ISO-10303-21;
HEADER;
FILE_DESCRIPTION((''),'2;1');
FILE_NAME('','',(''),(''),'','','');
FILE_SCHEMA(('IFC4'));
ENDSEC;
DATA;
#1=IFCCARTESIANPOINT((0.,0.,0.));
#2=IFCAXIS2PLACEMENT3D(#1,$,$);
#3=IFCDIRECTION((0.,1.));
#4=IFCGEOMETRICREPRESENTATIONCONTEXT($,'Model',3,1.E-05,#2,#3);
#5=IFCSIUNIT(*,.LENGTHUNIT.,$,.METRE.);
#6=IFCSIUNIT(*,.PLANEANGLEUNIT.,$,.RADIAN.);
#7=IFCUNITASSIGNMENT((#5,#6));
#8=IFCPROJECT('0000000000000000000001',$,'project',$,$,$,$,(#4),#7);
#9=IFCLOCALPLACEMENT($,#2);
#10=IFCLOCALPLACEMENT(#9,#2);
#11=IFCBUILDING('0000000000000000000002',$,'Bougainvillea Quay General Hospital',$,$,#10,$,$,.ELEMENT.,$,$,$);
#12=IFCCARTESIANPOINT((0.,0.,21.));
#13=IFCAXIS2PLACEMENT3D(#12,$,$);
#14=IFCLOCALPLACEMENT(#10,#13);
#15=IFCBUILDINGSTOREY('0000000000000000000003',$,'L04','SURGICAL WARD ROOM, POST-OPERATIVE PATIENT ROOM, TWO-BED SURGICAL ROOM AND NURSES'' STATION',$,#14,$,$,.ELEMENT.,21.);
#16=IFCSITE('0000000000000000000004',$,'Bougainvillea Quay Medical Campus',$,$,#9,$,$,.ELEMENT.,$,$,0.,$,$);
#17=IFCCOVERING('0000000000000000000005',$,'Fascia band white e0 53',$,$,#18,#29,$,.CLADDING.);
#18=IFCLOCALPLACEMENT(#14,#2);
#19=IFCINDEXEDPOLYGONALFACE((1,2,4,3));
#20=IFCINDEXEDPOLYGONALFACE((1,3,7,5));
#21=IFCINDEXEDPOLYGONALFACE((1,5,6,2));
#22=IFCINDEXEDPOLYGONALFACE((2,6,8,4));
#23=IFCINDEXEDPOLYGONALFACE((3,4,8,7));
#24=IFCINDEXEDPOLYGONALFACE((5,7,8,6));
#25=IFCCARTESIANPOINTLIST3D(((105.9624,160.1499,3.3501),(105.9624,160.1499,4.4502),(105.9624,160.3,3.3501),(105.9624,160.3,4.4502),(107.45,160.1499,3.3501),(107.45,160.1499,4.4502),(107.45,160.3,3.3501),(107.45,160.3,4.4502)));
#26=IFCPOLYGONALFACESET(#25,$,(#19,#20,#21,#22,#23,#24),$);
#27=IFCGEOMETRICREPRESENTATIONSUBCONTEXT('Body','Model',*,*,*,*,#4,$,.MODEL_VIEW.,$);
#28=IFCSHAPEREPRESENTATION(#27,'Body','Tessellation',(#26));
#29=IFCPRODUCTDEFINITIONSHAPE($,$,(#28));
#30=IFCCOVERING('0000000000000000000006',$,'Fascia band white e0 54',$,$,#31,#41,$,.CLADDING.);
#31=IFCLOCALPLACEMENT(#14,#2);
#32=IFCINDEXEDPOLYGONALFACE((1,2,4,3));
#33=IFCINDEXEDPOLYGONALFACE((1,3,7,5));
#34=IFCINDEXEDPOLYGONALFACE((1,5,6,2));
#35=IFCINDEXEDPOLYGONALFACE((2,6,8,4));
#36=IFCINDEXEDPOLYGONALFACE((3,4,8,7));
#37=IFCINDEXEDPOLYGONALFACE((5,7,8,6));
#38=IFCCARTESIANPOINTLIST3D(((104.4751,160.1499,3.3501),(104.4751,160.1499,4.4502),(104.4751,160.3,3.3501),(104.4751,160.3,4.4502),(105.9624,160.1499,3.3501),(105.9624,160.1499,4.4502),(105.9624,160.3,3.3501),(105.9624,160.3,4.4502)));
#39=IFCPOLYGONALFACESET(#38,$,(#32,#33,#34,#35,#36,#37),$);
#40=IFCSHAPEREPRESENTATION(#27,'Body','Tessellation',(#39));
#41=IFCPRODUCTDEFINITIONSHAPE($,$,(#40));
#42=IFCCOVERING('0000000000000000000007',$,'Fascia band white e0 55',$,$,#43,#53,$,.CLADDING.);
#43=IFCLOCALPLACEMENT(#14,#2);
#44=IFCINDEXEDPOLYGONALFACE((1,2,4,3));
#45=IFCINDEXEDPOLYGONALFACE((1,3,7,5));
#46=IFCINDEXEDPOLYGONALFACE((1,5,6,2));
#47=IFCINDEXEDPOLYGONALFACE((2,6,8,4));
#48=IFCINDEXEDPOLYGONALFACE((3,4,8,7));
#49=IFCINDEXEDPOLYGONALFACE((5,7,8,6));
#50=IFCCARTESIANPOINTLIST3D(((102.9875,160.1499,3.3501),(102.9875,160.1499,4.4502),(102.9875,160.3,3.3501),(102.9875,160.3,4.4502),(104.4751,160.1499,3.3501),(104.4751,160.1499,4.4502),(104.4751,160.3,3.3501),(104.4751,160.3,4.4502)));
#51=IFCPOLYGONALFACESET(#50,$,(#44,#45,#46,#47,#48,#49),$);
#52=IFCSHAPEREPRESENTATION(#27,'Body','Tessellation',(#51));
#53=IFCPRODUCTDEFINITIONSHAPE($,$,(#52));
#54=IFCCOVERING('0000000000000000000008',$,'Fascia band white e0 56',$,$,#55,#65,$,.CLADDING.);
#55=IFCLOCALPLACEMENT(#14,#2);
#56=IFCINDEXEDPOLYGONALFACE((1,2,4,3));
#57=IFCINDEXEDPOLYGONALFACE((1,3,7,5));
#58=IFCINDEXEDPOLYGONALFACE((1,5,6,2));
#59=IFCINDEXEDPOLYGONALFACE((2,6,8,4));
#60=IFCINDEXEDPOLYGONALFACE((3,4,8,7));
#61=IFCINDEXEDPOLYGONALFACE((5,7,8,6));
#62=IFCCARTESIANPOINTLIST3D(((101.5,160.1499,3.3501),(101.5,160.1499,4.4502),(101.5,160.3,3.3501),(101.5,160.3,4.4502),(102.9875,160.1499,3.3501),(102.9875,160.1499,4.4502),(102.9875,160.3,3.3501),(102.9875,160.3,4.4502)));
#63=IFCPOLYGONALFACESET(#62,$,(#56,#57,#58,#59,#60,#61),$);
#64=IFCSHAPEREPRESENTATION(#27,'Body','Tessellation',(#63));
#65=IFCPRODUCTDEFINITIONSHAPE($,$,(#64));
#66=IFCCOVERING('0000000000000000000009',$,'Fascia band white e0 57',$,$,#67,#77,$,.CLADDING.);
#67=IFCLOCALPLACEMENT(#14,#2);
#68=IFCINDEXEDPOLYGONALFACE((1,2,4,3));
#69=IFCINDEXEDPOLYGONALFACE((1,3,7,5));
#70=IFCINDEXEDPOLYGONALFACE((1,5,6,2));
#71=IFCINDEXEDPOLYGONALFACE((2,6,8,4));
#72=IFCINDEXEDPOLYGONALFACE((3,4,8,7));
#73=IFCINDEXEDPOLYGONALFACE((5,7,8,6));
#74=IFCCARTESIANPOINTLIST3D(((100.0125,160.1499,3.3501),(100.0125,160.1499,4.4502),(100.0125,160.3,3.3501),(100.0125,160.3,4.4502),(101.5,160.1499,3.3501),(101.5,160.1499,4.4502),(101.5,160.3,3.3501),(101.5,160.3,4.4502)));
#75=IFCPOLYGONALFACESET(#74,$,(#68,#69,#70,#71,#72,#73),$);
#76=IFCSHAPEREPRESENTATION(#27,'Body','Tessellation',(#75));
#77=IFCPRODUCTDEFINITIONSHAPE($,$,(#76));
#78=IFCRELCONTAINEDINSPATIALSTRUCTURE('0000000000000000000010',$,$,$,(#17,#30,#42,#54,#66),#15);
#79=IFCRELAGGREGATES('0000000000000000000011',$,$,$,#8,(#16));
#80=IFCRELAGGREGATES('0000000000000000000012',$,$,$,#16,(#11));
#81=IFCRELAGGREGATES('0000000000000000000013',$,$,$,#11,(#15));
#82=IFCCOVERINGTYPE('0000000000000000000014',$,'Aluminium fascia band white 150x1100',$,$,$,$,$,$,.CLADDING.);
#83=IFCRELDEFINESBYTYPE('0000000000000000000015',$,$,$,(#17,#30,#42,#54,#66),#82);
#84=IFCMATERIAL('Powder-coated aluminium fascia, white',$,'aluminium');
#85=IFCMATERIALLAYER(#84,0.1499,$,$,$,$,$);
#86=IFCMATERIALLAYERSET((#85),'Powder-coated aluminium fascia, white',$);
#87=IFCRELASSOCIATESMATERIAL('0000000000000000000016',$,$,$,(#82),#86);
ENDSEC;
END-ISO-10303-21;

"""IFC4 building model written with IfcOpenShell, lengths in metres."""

from ifc_helpers import new_model, si_unit, direction, frame, origin, place, context, subcontext, project, spatial, polyline, outline, extrude, material, layer, layer_set, type_object, element, save


model = new_model("IFC4")

# Units and contexts
model_context = context("Model", 3, precision=1e-05, world=origin(), true_north=direction((0.0, 1.0)))
body_context = subcontext(model_context, "Body", "Model", "MODEL_VIEW")
ifc_project = project(units=[si_unit("LENGTHUNIT", "METRE"), si_unit("PLANEANGLEUNIT", "RADIAN")], contexts=[model_context])

# Site, building, storey
site_placement = place(None, origin())
site = spatial("IfcSite", under=ifc_project, at=site_placement, Name="Bougainvillea Quay Medical Campus", CompositionType="ELEMENT", RefElevation=0.0)
building_placement = place(site_placement, origin())
building = spatial("IfcBuilding", under=site, at=building_placement, Name="Bougainvillea Quay General Hospital", CompositionType="ELEMENT")
storey_placement = place(building_placement, frame((0.0, 0.0, 21.0)))
storey = spatial("IfcBuildingStorey", under=building, at=storey_placement, Name="L04", Description="SURGICAL WARD ROOM, POST-OPERATIVE PATIENT ROOM, TWO-BED SURGICAL ROOM AND NURSES' STATION", CompositionType="ELEMENT", Elevation=21.0)

# Coverings
ifc_material_1 = material(Name="Powder-coated aluminium fascia, white", Category="aluminium")
ifc_layer_1 = layer(ifc_material_1, 0.1499)
ifc_layer_set_1 = layer_set([ifc_layer_1], Name="Powder-coated aluminium fascia, white")
covering_type = type_object("IfcCoveringType", Name="Aluminium fascia band white 150x1100", PredefinedType="CLADDING", material=ifc_layer_set_1)
for number, where, z_axis, x_axis, name in (
    (1, (107.45, 160.1499, 3.3501), (0.0, 0.0, 1.0), (-1.0, 0.0, 0.0), "Fascia band white e0 53"),
):
    element("IfcCovering", number, at=place(storey_placement, frame(where, z_axis=z_axis, x_axis=x_axis)), inside=storey, type_object=covering_type, Name=name, PredefinedType="CLADDING", context=body_context, shape_type="SweptSolid", body=[
        extrude(outline(polyline([(0.0, 0.0), (1.4875, 0.0), (1.4875, -0.1501), (0.0, -0.1501), (0.0, 0.0)])), origin(), (0.0, 0.0, 1.0), 1.1001),
    ])
covering_1_placement = place(storey_placement, frame((105.9624, 160.1499, 3.3501), z_axis=(0.0, 0.0, 1.0), x_axis=(-1.0, 0.0, 0.0)))
element("IfcCovering", 2, at=covering_1_placement, inside=storey, type_object=covering_type, Name="Fascia band white e0 54", PredefinedType="CLADDING", context=body_context, shape_type="SweptSolid", body=[
    extrude(outline(polyline([(0.0, 0.0), (1.4873, 0.0), (1.4873, -0.1501), (0.0, -0.1501), (0.0, 0.0)])), origin(), (0.0, 0.0, 1.0), 1.1001),
])
for number, where, z_axis, x_axis, name in (
    (3, (104.4751, 160.1499, 3.3501), (0.0, 0.0, 1.0), (-1.0, 0.0, 0.0), "Fascia band white e0 55"),
    (4, (102.9875, 160.1499, 3.3501), (0.0, 0.0, 1.0), (-1.0, 0.0, 0.0), "Fascia band white e0 56"),
    (5, (101.5, 160.1499, 3.3501), (0.0, 0.0, 1.0), (-1.0, 0.0, 0.0), "Fascia band white e0 57"),
):
    element("IfcCovering", number, at=place(storey_placement, frame(where, z_axis=z_axis, x_axis=x_axis)), inside=storey, type_object=covering_type, Name=name, PredefinedType="CLADDING", context=body_context, shape_type="SweptSolid", body=[
        extrude(outline(polyline([(0.0, 0.0), (1.4875, 0.0), (1.4875, -0.1501), (0.0, -0.1501), (0.0, 0.0)])), origin(), (0.0, 0.0, 1.0), 1.1001),
    ])

save(model, "model.ifc")
